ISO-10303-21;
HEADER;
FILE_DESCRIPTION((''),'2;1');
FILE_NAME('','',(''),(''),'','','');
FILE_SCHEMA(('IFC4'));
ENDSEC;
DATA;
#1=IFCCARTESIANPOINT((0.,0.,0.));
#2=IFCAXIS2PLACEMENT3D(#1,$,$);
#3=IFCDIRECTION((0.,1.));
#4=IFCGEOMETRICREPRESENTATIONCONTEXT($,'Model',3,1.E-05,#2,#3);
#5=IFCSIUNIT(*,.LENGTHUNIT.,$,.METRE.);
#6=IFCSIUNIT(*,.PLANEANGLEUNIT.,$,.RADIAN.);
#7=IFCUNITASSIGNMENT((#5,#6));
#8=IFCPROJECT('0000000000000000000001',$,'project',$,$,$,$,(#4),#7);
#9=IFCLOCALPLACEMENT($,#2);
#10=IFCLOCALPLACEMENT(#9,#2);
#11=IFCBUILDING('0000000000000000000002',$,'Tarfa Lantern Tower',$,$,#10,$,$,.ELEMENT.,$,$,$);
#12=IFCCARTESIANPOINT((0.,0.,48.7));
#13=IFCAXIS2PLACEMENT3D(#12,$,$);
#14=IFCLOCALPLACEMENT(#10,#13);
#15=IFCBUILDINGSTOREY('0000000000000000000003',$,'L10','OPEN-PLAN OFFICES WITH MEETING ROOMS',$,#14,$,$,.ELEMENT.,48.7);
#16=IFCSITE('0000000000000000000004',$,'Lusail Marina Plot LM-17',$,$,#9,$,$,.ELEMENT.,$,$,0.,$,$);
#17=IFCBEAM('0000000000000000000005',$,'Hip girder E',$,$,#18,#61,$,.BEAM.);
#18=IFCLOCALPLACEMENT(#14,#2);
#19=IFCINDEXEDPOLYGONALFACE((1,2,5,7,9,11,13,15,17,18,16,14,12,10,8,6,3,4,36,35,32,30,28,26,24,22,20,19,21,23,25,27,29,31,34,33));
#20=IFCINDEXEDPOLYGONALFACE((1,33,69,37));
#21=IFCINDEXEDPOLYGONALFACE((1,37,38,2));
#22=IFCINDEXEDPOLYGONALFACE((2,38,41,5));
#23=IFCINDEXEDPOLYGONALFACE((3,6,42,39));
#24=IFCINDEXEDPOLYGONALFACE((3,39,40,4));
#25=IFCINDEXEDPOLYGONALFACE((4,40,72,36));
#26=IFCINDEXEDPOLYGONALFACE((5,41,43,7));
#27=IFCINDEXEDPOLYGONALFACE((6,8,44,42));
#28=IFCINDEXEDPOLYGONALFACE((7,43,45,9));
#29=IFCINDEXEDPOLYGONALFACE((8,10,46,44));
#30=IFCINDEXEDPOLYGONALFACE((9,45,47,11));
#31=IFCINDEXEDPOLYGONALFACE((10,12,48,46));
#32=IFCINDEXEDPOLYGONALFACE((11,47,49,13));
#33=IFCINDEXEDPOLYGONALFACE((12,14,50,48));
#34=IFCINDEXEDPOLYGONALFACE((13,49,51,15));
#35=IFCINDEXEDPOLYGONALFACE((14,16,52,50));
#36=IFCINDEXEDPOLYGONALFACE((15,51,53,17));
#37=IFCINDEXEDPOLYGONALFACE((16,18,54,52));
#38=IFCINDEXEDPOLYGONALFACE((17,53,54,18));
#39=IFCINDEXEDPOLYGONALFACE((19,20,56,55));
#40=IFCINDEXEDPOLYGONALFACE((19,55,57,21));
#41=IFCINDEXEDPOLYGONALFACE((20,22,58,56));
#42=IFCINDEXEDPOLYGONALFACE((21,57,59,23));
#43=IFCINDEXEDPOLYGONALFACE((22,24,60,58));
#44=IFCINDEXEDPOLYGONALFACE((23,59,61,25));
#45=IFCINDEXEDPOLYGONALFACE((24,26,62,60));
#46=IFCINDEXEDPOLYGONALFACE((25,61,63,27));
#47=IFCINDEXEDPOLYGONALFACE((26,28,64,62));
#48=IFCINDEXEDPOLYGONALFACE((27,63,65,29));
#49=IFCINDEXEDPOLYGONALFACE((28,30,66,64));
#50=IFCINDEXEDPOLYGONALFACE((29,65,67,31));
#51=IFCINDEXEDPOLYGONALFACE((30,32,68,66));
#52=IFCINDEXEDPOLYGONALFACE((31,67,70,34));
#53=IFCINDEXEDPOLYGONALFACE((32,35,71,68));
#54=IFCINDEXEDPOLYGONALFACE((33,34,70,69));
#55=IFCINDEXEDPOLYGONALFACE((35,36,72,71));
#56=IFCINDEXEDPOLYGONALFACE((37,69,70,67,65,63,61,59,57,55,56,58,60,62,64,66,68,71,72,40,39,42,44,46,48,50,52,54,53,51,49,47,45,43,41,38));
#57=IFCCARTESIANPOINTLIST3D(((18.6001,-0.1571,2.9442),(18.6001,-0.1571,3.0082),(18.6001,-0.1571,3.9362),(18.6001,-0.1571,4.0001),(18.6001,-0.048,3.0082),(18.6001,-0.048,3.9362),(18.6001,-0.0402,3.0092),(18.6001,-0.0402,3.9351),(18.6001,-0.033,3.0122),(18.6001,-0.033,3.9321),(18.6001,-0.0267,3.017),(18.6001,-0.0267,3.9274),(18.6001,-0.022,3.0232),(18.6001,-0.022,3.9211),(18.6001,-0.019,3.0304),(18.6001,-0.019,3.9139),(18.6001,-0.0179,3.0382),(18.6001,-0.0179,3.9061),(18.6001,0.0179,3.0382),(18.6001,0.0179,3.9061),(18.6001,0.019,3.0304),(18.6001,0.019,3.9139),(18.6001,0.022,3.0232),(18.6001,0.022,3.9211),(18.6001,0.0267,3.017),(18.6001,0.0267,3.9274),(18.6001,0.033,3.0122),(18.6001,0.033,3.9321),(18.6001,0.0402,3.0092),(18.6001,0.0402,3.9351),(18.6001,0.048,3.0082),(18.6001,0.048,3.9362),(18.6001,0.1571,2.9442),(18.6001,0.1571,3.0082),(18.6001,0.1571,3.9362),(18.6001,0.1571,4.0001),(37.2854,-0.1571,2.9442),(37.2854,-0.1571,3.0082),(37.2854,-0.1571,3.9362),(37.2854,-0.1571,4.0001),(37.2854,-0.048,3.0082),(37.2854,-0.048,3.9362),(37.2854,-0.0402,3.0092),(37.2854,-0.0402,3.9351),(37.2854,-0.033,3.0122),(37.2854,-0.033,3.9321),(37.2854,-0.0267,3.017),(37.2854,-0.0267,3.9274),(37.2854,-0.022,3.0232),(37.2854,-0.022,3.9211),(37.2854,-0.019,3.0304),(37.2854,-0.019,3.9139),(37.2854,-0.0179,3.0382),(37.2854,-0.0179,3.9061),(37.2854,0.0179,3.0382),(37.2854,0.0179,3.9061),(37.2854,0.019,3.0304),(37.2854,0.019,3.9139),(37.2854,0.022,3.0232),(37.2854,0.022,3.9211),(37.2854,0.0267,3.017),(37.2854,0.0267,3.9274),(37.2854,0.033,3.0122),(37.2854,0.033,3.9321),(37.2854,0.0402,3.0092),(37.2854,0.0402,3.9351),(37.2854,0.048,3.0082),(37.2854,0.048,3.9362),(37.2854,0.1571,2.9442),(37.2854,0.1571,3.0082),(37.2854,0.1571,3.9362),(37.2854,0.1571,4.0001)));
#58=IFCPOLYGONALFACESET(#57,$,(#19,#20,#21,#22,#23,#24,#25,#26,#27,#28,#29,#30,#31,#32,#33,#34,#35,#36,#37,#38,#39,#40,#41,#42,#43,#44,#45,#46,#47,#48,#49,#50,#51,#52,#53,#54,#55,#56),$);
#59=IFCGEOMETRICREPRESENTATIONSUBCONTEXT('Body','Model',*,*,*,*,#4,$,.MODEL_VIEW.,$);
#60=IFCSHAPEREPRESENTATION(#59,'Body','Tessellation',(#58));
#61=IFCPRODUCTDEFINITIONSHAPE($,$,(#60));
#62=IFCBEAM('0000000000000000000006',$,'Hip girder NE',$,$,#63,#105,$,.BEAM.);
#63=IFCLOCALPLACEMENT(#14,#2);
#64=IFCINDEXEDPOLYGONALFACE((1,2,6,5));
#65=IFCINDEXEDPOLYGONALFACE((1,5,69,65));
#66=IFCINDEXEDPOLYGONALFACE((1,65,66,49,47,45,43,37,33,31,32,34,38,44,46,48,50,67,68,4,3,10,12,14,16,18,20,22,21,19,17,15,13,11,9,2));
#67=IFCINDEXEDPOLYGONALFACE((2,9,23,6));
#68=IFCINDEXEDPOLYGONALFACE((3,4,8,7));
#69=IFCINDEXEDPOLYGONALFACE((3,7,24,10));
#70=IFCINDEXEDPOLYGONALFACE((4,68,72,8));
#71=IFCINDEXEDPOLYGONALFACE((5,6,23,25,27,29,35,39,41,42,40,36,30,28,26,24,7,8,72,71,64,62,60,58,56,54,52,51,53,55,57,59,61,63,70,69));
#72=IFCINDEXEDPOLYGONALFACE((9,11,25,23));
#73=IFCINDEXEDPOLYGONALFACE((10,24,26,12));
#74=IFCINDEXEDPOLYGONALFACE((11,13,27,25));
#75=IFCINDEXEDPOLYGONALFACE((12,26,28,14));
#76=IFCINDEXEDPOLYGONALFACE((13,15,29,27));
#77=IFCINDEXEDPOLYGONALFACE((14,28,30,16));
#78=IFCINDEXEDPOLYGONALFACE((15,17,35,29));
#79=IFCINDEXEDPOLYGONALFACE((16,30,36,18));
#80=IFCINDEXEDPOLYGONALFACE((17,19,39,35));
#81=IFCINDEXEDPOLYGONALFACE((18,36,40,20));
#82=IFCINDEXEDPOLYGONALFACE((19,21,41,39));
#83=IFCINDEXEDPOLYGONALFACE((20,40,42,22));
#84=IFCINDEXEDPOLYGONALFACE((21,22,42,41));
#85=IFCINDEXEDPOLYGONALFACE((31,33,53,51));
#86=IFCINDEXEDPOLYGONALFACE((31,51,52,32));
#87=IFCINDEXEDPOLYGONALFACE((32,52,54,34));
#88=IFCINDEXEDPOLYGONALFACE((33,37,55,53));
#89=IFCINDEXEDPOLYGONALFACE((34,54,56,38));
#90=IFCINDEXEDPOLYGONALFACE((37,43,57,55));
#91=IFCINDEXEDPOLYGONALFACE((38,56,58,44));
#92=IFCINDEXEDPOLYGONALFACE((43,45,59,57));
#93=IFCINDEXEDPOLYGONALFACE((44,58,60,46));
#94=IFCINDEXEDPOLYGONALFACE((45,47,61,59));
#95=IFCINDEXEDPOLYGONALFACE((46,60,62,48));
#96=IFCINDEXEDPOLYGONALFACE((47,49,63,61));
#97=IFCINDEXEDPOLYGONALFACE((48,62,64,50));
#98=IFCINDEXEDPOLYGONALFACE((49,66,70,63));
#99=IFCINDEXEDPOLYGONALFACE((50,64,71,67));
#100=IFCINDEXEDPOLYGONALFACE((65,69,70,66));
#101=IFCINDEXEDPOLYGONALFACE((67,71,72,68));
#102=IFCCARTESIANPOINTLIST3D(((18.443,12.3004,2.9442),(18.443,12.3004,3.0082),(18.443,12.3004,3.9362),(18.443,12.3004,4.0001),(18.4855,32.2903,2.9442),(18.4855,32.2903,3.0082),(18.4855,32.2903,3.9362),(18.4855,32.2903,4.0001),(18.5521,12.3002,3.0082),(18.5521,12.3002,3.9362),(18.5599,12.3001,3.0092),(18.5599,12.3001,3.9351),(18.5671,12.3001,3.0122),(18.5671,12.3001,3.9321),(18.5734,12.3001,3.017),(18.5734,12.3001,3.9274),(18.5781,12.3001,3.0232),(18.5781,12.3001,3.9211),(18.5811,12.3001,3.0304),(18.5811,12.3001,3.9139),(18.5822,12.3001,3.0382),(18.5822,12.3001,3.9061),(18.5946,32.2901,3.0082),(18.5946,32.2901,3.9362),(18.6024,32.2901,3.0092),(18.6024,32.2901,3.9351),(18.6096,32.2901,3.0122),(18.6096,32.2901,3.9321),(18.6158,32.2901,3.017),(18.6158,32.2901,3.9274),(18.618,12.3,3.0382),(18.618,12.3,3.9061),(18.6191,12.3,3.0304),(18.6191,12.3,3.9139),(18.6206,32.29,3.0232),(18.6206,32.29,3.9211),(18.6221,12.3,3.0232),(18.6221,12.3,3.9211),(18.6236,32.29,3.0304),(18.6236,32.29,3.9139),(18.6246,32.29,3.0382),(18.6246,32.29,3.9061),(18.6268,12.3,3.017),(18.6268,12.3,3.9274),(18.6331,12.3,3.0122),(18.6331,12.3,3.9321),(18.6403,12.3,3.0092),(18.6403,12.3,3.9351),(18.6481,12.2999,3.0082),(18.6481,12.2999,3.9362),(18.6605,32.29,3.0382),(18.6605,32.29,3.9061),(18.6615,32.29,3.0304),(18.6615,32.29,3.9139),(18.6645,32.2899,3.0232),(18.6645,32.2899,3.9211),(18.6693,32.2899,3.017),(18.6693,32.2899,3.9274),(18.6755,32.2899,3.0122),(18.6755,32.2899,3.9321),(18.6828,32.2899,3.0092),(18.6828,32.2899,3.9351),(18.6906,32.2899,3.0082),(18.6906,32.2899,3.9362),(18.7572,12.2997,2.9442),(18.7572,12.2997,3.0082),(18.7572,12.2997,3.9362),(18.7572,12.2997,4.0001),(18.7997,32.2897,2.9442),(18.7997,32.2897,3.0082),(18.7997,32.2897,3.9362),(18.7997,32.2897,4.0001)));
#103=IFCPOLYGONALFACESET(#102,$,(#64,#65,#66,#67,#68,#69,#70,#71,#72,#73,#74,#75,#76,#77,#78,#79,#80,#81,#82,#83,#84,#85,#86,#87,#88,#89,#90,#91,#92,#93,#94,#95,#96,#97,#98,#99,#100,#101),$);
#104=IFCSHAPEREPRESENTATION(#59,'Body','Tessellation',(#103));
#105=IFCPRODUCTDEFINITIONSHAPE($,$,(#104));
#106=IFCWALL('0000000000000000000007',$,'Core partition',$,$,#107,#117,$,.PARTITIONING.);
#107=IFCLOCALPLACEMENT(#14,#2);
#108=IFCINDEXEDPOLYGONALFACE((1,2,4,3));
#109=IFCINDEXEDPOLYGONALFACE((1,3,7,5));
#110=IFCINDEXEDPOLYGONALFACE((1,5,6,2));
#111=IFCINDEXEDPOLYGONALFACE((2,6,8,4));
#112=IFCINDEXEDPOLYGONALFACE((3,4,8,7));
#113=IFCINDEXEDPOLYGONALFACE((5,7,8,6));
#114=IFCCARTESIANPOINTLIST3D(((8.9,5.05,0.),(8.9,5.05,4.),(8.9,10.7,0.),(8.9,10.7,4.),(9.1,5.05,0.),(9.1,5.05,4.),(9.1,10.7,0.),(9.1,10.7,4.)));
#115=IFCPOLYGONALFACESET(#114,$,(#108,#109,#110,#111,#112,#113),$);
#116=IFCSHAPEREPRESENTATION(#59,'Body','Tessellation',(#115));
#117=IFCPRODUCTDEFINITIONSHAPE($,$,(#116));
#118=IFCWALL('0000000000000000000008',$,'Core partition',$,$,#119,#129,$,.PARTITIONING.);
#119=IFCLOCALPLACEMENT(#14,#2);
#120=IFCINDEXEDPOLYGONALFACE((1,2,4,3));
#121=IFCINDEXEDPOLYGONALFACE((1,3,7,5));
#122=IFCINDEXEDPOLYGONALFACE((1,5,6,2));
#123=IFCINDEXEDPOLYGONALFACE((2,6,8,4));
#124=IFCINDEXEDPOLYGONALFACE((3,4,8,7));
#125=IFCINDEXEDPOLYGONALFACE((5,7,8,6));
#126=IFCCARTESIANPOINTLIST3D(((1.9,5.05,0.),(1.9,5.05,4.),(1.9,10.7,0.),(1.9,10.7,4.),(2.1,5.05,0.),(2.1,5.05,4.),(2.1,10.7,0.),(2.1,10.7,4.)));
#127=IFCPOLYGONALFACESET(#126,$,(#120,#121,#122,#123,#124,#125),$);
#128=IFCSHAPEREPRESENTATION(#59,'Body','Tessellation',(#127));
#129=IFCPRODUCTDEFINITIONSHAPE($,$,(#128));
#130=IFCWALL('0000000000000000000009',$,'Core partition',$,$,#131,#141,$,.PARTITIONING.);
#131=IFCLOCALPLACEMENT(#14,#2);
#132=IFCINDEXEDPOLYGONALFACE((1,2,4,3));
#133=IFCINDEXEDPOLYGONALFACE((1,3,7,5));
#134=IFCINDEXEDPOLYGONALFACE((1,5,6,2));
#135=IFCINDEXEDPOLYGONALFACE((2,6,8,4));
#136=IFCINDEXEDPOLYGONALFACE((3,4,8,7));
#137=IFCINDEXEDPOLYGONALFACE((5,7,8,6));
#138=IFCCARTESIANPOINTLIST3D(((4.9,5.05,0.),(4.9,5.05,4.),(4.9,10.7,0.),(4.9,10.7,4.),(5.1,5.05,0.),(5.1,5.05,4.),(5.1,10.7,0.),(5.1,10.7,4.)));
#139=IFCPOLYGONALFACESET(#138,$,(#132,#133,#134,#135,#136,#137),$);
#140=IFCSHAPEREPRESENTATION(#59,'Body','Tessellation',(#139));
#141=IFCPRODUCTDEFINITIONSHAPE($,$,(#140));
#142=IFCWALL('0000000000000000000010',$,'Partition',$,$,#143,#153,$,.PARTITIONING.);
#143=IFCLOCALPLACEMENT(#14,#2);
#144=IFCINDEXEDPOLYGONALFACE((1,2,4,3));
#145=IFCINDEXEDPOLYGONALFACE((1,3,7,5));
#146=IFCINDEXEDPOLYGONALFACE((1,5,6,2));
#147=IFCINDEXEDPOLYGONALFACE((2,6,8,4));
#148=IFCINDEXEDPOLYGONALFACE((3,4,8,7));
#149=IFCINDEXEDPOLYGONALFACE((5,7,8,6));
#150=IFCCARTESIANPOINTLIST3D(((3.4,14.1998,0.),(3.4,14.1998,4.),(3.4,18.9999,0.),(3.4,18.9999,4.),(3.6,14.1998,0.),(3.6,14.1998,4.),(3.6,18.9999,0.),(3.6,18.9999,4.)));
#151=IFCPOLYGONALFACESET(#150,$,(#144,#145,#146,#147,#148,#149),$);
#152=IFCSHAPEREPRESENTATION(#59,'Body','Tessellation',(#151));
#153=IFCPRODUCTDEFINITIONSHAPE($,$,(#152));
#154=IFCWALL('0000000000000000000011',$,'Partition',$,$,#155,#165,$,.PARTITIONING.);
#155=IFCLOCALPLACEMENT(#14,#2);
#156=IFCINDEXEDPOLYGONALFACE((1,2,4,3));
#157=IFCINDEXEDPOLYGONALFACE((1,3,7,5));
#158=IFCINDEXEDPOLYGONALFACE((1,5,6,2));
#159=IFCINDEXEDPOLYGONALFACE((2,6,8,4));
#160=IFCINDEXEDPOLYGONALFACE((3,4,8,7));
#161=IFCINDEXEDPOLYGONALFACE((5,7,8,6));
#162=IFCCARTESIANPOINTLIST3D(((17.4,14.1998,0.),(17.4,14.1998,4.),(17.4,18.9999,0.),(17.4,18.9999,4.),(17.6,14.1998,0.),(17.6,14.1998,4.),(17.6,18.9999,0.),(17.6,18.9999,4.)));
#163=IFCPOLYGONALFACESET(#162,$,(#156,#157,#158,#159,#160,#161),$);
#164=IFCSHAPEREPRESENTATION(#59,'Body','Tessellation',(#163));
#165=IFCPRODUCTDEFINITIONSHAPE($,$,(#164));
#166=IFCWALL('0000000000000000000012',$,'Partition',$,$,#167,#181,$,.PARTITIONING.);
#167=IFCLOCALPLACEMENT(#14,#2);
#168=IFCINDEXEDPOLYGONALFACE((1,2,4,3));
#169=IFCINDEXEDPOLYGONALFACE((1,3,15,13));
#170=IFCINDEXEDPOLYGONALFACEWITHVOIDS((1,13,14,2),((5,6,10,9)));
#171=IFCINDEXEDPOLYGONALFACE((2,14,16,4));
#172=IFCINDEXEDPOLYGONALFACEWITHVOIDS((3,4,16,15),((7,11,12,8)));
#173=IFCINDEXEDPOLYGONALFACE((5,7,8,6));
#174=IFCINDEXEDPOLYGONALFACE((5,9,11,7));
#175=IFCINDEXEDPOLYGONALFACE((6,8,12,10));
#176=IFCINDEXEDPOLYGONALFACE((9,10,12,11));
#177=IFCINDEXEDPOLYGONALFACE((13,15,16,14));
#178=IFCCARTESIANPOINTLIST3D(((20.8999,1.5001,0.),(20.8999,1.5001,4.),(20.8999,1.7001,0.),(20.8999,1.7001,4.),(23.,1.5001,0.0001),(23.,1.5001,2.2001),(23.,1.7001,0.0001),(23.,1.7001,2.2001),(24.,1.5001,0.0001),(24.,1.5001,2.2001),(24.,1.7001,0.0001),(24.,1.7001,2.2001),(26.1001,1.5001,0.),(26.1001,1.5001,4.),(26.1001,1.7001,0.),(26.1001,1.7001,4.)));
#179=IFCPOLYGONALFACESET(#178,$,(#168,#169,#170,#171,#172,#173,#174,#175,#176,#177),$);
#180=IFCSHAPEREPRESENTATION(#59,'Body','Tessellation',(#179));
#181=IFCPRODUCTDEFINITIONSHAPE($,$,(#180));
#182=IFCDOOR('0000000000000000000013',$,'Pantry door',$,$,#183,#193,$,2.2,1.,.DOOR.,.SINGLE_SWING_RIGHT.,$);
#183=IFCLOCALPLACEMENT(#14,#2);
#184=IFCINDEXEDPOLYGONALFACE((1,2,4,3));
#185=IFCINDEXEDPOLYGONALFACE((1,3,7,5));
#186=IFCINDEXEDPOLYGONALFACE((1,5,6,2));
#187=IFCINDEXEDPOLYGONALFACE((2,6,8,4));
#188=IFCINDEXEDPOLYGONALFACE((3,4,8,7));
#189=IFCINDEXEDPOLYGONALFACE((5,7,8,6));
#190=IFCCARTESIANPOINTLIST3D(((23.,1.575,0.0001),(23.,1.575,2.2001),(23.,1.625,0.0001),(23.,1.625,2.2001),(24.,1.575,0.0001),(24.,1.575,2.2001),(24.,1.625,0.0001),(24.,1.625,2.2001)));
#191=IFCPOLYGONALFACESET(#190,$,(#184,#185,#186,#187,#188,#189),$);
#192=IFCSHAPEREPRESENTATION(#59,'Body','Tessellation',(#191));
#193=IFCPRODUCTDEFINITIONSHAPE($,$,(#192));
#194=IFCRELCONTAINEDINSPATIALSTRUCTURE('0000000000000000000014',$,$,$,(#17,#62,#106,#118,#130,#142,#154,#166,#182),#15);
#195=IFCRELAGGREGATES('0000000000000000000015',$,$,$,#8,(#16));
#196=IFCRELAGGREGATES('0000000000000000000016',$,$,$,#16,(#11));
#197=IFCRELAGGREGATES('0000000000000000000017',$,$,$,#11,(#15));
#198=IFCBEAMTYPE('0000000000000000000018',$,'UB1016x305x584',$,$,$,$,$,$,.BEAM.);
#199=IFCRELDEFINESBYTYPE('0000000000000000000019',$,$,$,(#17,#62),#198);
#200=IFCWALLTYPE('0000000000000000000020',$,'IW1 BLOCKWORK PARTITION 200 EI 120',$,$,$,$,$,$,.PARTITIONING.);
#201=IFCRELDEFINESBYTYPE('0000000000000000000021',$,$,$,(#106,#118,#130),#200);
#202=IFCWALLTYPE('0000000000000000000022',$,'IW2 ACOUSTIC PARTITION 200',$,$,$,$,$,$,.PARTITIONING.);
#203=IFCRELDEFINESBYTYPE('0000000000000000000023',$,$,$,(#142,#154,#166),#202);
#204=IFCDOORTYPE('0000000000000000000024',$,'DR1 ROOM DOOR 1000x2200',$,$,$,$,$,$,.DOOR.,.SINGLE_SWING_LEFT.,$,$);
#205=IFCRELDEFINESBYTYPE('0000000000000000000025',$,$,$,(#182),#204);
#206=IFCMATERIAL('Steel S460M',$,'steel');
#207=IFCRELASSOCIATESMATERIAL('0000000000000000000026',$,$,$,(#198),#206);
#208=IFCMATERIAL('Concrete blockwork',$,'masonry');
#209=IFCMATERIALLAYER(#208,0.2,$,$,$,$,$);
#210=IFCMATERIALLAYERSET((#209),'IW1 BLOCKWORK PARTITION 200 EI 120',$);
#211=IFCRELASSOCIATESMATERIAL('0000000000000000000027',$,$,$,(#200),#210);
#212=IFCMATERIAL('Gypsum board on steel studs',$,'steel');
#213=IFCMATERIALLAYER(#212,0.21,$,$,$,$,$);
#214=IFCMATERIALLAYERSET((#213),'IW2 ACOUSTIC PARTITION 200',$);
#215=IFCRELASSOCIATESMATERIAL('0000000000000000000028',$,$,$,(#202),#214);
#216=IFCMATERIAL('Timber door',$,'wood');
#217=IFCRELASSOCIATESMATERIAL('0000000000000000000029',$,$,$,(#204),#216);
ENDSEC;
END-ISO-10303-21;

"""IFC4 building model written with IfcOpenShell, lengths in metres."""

from ifc_helpers import new_model, si_unit, direction, frame, frame_2d, origin, origin_2d, place, context, subcontext, project, spatial, rectangle, i_section, extrude, material, layer, layer_set, material_profile, profile_set, type_object, element, fill, save


model = new_model("IFC4")

# Units and contexts
model_context = context("Model", 3, precision=1e-05, world=origin(), true_north=direction((0.0, 1.0)))
body_context = subcontext(model_context, "Body", "Model", "MODEL_VIEW")
ifc_project = project(units=[si_unit("LENGTHUNIT", "METRE"), si_unit("PLANEANGLEUNIT", "RADIAN")], contexts=[model_context])

# Site, building, storey
site_placement = place(None, origin())
site = spatial("IfcSite", under=ifc_project, at=site_placement, Name="Lusail Marina Plot LM-17", CompositionType="ELEMENT", RefElevation=0.0)
building_placement = place(site_placement, origin())
building = spatial("IfcBuilding", under=site, at=building_placement, Name="Tarfa Lantern Tower", CompositionType="ELEMENT")
storey_placement = place(building_placement, frame((0.0, 0.0, 48.7)))
storey = spatial("IfcBuildingStorey", under=building, at=storey_placement, Name="L10", Description="OPEN-PLAN OFFICES WITH MEETING ROOMS", CompositionType="ELEMENT", Elevation=48.7)

# Beams
ifc_material_1 = material(Name="Steel S460M", Category="steel")
ifc_material_profile = material_profile(ifc_material_1, i_section(OverallWidth=0.3142, OverallDepth=1.0559, WebThickness=0.0359, FlangeThickness=0.064, FilletRadius=0.03, at=origin_2d()), Name="UB1016x305x584")
ifc_profile_set = profile_set([ifc_material_profile], Name="Steel S460M")
beam_type = type_object("IfcBeamType", Name="UB1016x305x584", PredefinedType="BEAM", material=ifc_profile_set)
beam_1_placement = place(storey_placement, frame((18.6001, 0.0, 3.4722), z_axis=(1.0, 0.0, 0.0), x_axis=(0.0, 1.0, 0.0)))
element("IfcBeam", 1, at=beam_1_placement, inside=storey, type_object=beam_type, Name="Hip girder E", PredefinedType="BEAM", context=body_context, shape_type="SweptSolid", body=[
    extrude(i_section(OverallWidth=0.3142, OverallDepth=1.0559, WebThickness=0.0359, FlangeThickness=0.064, FilletRadius=0.03, at=origin_2d()), origin(), (0.0, 0.0, 1.0), 18.6853),
])
beam_2_placement = place(storey_placement, frame((18.6001, 12.3, 3.4722), z_axis=(0.002125, 0.999998, 0.0), x_axis=(-0.999998, 0.002125, 0.0)))
element("IfcBeam", 2, at=beam_2_placement, inside=storey, type_object=beam_type, Name="Hip girder NE", PredefinedType="BEAM", context=body_context, shape_type="SweptSolid", body=[
    extrude(i_section(OverallWidth=0.3142, OverallDepth=1.0559, WebThickness=0.0359, FlangeThickness=0.064, FilletRadius=0.03, at=origin_2d()), origin(), (0.0, 0.0, 1.0), 19.99),
])

# Walls
ifc_material_2 = material(Name="Concrete blockwork", Category="masonry")
ifc_layer_1 = layer(ifc_material_2, 0.2)
ifc_layer_set_1 = layer_set([ifc_layer_1], Name="IW1 BLOCKWORK PARTITION 200 EI 120")
wall_type_1 = type_object("IfcWallType", Name="IW1 BLOCKWORK PARTITION 200 EI 120", PredefinedType="PARTITIONING", material=ifc_layer_set_1)
for number, where, z_axis, x_axis, name in (
    (3, (9.0, 5.05, 0.0), (0.0, 0.0, 1.0), (0.0, 1.0, 0.0), "Core partition"),
    (4, (2.0, 5.05, 0.0), (0.0, 0.0, 1.0), (0.0, 1.0, 0.0), "Core partition"),
    (5, (5.0, 5.05, 0.0), (0.0, 0.0, 1.0), (0.0, 1.0, 0.0), "Core partition"),
):
    element("IfcWall", number, at=place(storey_placement, frame(where, z_axis=z_axis, x_axis=x_axis)), inside=storey, type_object=wall_type_1, Name=name, PredefinedType="PARTITIONING", context=body_context, shape_type="SweptSolid", body=[
        extrude(rectangle(XDim=5.6499, YDim=0.2, at=frame_2d((2.825, 0.0))), origin(), (0.0, 0.0, 1.0), 4.0),
    ])
ifc_material_3 = material(Name="Gypsum board on steel studs", Category="steel")
ifc_layer_2 = layer(ifc_material_3, 0.21)
ifc_layer_set_2 = layer_set([ifc_layer_2], Name="IW2 ACOUSTIC PARTITION 200")
wall_type_2 = type_object("IfcWallType", Name="IW2 ACOUSTIC PARTITION 200", PredefinedType="PARTITIONING", material=ifc_layer_set_2)
for number, where, z_axis, x_axis, name in (
    (6, (3.5, 14.2, 0.0), (0.0, 0.0, 1.0), (0.0, 1.0, 0.0), "Partition"),
    (7, (17.5, 14.2, 0.0), (0.0, 0.0, 1.0), (0.0, 1.0, 0.0), "Partition"),
):
    element("IfcWall", number, at=place(storey_placement, frame(where, z_axis=z_axis, x_axis=x_axis)), inside=storey, type_object=wall_type_2, Name=name, PredefinedType="PARTITIONING", context=body_context, shape_type="SweptSolid", body=[
        extrude(rectangle(XDim=4.8, YDim=0.2, at=frame_2d((2.3999, 0.0))), origin(), (0.0, 0.0, 1.0), 4.0),
    ])

# Wall, opening, door
wall_1_placement = place(storey_placement, frame((20.8999, 1.6001, 0.0), z_axis=(0.0, 0.0, 1.0), x_axis=(1.0, 0.0, 0.0)))
wall_1 = element("IfcWall", 8, at=wall_1_placement, inside=storey, type_object=wall_type_2, Name="Partition", PredefinedType="PARTITIONING", context=body_context, shape_type="SweptSolid", body=[
    extrude(rectangle(XDim=5.2002, YDim=0.2, at=frame_2d((2.6001, 0.0))), origin(), (0.0, 0.0, 1.0), 4.0),
])
opening_1_placement = place(wall_1_placement, frame((2.1001, 0.0, 0.0)))
opening_1 = element("IfcOpeningElement", 9, at=opening_1_placement, cuts=wall_1, PredefinedType="OPENING", context=body_context, shape_type="SweptSolid", body=[
    extrude(rectangle(XDim=1.0, YDim=2.2, at=frame_2d((0.5, 1.1001))), frame((0.0, 0.1099, 0.0), z_axis=(0.0, -1.0, 0.0), x_axis=(1.0, 0.0, 0.0)), (0.0, 0.0, 1.0), 0.22),
])
ifc_material_4 = material(Name="Timber door", Category="wood")
door_type_1 = type_object("IfcDoorType", Name="DR1 ROOM DOOR 1000x2200", OperationType="SINGLE_SWING_LEFT", PredefinedType="DOOR", material=ifc_material_4)
door_1_placement = place(opening_1_placement, origin())
door_1 = element("IfcDoor", 10, at=door_1_placement, inside=storey, type_object=door_type_1, Name="Pantry door", OperationType="SINGLE_SWING_RIGHT", OverallHeight=2.2, OverallWidth=1.0, PredefinedType="DOOR", context=body_context, shape_type="SweptSolid", body=[
    extrude(rectangle(XDim=1.0, YDim=2.2, at=frame_2d((0.5, 1.1001))), frame((0.0, 0.0249, 0.0), z_axis=(0.0, -1.0, 0.0), x_axis=(1.0, 0.0, 0.0)), (0.0, 0.0, 1.0), 0.05),
])
fill(opening_1, door_1)

save(model, "model.ifc")
